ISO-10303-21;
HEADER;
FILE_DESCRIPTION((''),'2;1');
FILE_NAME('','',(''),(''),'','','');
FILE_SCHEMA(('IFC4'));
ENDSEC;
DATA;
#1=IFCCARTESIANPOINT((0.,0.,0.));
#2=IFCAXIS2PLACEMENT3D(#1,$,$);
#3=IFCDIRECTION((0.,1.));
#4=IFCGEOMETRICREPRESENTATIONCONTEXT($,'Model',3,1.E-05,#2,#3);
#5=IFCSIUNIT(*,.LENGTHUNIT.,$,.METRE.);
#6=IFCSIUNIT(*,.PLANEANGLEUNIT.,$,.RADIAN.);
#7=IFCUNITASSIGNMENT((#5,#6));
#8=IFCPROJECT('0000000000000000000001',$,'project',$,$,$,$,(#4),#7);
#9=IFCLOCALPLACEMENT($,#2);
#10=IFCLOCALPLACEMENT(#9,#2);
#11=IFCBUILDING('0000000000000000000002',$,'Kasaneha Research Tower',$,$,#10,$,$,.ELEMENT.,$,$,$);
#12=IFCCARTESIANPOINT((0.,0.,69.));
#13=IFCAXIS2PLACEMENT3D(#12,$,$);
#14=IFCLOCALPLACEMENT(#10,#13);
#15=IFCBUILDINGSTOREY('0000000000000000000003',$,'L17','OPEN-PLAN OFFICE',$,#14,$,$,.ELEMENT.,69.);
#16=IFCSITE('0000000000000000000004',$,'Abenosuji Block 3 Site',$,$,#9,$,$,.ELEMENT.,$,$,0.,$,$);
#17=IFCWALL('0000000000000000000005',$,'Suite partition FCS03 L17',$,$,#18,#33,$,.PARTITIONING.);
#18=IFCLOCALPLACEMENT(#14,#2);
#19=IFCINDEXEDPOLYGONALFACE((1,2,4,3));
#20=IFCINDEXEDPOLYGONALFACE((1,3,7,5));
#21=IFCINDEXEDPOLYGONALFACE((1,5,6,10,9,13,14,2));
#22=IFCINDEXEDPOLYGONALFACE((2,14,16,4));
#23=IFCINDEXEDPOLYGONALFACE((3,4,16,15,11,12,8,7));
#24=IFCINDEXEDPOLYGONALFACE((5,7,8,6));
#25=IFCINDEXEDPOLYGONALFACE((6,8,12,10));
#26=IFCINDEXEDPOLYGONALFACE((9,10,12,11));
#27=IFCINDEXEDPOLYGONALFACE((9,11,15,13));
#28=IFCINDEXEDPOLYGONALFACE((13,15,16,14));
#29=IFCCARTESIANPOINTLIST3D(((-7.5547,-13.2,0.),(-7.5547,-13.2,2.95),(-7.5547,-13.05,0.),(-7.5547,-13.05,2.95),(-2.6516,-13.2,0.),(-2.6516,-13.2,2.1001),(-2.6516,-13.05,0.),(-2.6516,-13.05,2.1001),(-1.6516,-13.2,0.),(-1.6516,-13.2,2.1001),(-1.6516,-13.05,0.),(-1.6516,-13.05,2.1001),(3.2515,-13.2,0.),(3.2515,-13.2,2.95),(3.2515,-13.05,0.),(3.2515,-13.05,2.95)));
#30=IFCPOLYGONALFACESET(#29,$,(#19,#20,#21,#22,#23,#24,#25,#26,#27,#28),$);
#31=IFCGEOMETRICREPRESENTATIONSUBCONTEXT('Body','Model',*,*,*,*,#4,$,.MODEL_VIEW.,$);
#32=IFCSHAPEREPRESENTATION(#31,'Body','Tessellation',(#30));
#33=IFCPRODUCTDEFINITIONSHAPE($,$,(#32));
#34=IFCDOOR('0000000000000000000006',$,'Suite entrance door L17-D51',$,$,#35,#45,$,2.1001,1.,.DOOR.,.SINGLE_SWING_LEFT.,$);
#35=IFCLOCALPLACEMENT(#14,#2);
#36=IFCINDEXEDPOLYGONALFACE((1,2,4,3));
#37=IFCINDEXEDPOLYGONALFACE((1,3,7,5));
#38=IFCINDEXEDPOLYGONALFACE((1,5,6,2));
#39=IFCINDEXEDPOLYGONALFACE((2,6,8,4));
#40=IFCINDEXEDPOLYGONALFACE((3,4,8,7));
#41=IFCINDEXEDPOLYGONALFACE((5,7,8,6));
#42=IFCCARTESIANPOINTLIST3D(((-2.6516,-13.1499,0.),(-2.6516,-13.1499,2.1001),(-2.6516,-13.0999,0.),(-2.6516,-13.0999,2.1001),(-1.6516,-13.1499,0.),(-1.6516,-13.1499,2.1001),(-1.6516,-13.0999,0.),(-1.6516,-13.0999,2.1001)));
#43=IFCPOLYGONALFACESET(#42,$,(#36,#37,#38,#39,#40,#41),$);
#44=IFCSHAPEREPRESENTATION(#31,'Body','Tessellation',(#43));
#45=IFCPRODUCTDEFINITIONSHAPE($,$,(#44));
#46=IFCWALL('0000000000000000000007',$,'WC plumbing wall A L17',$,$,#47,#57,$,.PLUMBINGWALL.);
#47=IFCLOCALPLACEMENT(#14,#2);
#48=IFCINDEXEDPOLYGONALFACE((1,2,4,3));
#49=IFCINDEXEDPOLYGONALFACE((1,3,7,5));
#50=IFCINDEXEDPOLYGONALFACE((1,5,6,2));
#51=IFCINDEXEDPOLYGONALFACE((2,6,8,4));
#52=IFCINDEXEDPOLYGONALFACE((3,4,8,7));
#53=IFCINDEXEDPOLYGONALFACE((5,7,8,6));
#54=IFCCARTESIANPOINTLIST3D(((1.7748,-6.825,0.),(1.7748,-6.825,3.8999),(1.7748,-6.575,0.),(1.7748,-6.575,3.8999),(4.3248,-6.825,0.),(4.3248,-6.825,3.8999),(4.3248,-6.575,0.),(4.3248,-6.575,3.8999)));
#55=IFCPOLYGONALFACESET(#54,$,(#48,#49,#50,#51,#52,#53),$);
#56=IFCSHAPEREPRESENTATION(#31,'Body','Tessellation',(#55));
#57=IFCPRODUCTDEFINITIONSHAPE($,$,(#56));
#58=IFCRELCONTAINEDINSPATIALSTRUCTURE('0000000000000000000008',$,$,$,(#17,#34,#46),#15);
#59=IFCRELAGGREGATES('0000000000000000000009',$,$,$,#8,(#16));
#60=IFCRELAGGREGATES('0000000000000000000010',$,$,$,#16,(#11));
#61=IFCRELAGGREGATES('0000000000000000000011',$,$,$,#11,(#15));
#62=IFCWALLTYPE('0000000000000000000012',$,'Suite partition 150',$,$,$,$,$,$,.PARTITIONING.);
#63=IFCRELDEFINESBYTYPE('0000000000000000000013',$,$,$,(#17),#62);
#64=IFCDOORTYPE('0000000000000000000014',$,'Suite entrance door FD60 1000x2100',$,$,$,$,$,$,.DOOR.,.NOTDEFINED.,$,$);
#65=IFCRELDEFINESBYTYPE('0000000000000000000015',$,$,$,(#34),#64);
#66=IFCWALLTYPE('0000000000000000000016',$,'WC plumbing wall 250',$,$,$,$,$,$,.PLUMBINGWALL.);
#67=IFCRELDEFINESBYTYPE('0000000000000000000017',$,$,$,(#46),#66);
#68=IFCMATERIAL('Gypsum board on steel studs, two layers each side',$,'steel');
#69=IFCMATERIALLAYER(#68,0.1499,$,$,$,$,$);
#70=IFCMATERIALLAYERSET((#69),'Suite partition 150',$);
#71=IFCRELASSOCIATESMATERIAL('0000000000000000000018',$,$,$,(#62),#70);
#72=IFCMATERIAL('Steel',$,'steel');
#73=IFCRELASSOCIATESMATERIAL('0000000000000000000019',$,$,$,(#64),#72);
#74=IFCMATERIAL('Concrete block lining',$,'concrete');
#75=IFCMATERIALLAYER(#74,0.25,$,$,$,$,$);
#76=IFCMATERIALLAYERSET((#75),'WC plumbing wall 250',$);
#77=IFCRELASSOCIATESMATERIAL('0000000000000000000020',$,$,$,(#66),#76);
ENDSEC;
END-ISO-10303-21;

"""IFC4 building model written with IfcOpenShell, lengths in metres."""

from ifc_helpers import new_model, si_unit, direction, frame, frame_2d, origin, place, context, subcontext, project, spatial, rectangle, extrude, material, layer, layer_set, type_object, element, fill, save


model = new_model("IFC4")

# Units and contexts
model_context = context("Model", 3, precision=1e-05, world=origin(), true_north=direction((0.0, 1.0)))
body_context = subcontext(model_context, "Body", "Model", "MODEL_VIEW")
ifc_project = project(units=[si_unit("LENGTHUNIT", "METRE"), si_unit("PLANEANGLEUNIT", "RADIAN")], contexts=[model_context])

# Site, building, storey
site_placement = place(None, origin())
site = spatial("IfcSite", under=ifc_project, at=site_placement, Name="Abenosuji Block 3 Site", CompositionType="ELEMENT", RefElevation=0.0)
building_placement = place(site_placement, origin())
building = spatial("IfcBuilding", under=site, at=building_placement, Name="Kasaneha Research Tower", CompositionType="ELEMENT")
storey_placement = place(building_placement, frame((0.0, 0.0, 69.0)))
storey = spatial("IfcBuildingStorey", under=building, at=storey_placement, Name="L17", Description="OPEN-PLAN OFFICE", CompositionType="ELEMENT", Elevation=69.0)

# Shared definitions
ifc_material_1 = material(Name="Gypsum board on steel studs, two layers each side", Category="steel")
ifc_layer_1 = layer(ifc_material_1, 0.1499)
ifc_layer_set_1 = layer_set([ifc_layer_1], Name="Suite partition 150")
wall_type_1 = type_object("IfcWallType", Name="Suite partition 150", PredefinedType="PARTITIONING", material=ifc_layer_set_1)

# Wall, opening, door
ifc_material_2 = material(Name="Steel", Category="steel")
door_type_1 = type_object("IfcDoorType", Name="Suite entrance door FD60 1000x2100", OperationType="NOTDEFINED", PredefinedType="DOOR", material=ifc_material_2)
wall_1_placement = place(storey_placement, frame((3.2515, -13.125, 0.0), z_axis=(0.0, 0.0, 1.0), x_axis=(-1.0, 0.0, 0.0)))
wall_1 = element("IfcWall", 1, at=wall_1_placement, inside=storey, type_object=wall_type_1, Name="Suite partition FCS03 L17", PredefinedType="PARTITIONING", context=body_context, shape_type="SweptSolid", body=[
    extrude(rectangle(XDim=10.8062, YDim=0.1499, at=frame_2d((5.4031, 0.0))), origin(), (0.0, 0.0, 1.0), 2.95),
])
opening_1_placement = place(wall_1_placement, frame((4.9031, 0.0, 0.0)))
opening_1 = element("IfcOpeningElement", 2, at=opening_1_placement, cuts=wall_1, PredefinedType="OPENING", context=body_context, shape_type="SweptSolid", body=[
    extrude(rectangle(XDim=1.0, YDim=2.1001, at=frame_2d((0.5, 1.05))), frame((0.0, 0.085, 0.0), z_axis=(0.0, -1.0, 0.0), x_axis=(1.0, 0.0, 0.0)), (0.0, 0.0, 1.0), 0.1699),
])
door_1_placement = place(opening_1_placement, origin())
door_1 = element("IfcDoor", 3, at=door_1_placement, inside=storey, type_object=door_type_1, Name="Suite entrance door L17-D51", OperationType="SINGLE_SWING_LEFT", OverallHeight=2.1001, OverallWidth=1.0, PredefinedType="DOOR", context=body_context, shape_type="SweptSolid", body=[
    extrude(rectangle(XDim=1.0, YDim=2.1001, at=frame_2d((0.5, 1.05))), frame((0.0, 0.0249, 0.0), z_axis=(0.0, -1.0, 0.0), x_axis=(1.0, 0.0, 0.0)), (0.0, 0.0, 1.0), 0.05),
])
fill(opening_1, door_1)

# Wall
ifc_material_3 = material(Name="Concrete block lining", Category="concrete")
ifc_layer_2 = layer(ifc_material_3, 0.25)
ifc_layer_set_2 = layer_set([ifc_layer_2], Name="WC plumbing wall 250")
wall_type_2 = type_object("IfcWallType", Name="WC plumbing wall 250", PredefinedType="PLUMBINGWALL", material=ifc_layer_set_2)
wall_2_placement = place(storey_placement, frame((1.7749, -6.7, 0.0), z_axis=(0.0, 0.0, 1.0), x_axis=(1.0, 0.0, 0.0)))
element("IfcWall", 4, at=wall_2_placement, inside=storey, type_object=wall_type_2, Name="WC plumbing wall A L17", PredefinedType="PLUMBINGWALL", context=body_context, shape_type="SweptSolid", body=[
    extrude(rectangle(XDim=2.55, YDim=0.25, at=frame_2d((1.2749, 0.0))), origin(), (0.0, 0.0, 1.0), 3.8999),
])

save(model, "model.ifc")
